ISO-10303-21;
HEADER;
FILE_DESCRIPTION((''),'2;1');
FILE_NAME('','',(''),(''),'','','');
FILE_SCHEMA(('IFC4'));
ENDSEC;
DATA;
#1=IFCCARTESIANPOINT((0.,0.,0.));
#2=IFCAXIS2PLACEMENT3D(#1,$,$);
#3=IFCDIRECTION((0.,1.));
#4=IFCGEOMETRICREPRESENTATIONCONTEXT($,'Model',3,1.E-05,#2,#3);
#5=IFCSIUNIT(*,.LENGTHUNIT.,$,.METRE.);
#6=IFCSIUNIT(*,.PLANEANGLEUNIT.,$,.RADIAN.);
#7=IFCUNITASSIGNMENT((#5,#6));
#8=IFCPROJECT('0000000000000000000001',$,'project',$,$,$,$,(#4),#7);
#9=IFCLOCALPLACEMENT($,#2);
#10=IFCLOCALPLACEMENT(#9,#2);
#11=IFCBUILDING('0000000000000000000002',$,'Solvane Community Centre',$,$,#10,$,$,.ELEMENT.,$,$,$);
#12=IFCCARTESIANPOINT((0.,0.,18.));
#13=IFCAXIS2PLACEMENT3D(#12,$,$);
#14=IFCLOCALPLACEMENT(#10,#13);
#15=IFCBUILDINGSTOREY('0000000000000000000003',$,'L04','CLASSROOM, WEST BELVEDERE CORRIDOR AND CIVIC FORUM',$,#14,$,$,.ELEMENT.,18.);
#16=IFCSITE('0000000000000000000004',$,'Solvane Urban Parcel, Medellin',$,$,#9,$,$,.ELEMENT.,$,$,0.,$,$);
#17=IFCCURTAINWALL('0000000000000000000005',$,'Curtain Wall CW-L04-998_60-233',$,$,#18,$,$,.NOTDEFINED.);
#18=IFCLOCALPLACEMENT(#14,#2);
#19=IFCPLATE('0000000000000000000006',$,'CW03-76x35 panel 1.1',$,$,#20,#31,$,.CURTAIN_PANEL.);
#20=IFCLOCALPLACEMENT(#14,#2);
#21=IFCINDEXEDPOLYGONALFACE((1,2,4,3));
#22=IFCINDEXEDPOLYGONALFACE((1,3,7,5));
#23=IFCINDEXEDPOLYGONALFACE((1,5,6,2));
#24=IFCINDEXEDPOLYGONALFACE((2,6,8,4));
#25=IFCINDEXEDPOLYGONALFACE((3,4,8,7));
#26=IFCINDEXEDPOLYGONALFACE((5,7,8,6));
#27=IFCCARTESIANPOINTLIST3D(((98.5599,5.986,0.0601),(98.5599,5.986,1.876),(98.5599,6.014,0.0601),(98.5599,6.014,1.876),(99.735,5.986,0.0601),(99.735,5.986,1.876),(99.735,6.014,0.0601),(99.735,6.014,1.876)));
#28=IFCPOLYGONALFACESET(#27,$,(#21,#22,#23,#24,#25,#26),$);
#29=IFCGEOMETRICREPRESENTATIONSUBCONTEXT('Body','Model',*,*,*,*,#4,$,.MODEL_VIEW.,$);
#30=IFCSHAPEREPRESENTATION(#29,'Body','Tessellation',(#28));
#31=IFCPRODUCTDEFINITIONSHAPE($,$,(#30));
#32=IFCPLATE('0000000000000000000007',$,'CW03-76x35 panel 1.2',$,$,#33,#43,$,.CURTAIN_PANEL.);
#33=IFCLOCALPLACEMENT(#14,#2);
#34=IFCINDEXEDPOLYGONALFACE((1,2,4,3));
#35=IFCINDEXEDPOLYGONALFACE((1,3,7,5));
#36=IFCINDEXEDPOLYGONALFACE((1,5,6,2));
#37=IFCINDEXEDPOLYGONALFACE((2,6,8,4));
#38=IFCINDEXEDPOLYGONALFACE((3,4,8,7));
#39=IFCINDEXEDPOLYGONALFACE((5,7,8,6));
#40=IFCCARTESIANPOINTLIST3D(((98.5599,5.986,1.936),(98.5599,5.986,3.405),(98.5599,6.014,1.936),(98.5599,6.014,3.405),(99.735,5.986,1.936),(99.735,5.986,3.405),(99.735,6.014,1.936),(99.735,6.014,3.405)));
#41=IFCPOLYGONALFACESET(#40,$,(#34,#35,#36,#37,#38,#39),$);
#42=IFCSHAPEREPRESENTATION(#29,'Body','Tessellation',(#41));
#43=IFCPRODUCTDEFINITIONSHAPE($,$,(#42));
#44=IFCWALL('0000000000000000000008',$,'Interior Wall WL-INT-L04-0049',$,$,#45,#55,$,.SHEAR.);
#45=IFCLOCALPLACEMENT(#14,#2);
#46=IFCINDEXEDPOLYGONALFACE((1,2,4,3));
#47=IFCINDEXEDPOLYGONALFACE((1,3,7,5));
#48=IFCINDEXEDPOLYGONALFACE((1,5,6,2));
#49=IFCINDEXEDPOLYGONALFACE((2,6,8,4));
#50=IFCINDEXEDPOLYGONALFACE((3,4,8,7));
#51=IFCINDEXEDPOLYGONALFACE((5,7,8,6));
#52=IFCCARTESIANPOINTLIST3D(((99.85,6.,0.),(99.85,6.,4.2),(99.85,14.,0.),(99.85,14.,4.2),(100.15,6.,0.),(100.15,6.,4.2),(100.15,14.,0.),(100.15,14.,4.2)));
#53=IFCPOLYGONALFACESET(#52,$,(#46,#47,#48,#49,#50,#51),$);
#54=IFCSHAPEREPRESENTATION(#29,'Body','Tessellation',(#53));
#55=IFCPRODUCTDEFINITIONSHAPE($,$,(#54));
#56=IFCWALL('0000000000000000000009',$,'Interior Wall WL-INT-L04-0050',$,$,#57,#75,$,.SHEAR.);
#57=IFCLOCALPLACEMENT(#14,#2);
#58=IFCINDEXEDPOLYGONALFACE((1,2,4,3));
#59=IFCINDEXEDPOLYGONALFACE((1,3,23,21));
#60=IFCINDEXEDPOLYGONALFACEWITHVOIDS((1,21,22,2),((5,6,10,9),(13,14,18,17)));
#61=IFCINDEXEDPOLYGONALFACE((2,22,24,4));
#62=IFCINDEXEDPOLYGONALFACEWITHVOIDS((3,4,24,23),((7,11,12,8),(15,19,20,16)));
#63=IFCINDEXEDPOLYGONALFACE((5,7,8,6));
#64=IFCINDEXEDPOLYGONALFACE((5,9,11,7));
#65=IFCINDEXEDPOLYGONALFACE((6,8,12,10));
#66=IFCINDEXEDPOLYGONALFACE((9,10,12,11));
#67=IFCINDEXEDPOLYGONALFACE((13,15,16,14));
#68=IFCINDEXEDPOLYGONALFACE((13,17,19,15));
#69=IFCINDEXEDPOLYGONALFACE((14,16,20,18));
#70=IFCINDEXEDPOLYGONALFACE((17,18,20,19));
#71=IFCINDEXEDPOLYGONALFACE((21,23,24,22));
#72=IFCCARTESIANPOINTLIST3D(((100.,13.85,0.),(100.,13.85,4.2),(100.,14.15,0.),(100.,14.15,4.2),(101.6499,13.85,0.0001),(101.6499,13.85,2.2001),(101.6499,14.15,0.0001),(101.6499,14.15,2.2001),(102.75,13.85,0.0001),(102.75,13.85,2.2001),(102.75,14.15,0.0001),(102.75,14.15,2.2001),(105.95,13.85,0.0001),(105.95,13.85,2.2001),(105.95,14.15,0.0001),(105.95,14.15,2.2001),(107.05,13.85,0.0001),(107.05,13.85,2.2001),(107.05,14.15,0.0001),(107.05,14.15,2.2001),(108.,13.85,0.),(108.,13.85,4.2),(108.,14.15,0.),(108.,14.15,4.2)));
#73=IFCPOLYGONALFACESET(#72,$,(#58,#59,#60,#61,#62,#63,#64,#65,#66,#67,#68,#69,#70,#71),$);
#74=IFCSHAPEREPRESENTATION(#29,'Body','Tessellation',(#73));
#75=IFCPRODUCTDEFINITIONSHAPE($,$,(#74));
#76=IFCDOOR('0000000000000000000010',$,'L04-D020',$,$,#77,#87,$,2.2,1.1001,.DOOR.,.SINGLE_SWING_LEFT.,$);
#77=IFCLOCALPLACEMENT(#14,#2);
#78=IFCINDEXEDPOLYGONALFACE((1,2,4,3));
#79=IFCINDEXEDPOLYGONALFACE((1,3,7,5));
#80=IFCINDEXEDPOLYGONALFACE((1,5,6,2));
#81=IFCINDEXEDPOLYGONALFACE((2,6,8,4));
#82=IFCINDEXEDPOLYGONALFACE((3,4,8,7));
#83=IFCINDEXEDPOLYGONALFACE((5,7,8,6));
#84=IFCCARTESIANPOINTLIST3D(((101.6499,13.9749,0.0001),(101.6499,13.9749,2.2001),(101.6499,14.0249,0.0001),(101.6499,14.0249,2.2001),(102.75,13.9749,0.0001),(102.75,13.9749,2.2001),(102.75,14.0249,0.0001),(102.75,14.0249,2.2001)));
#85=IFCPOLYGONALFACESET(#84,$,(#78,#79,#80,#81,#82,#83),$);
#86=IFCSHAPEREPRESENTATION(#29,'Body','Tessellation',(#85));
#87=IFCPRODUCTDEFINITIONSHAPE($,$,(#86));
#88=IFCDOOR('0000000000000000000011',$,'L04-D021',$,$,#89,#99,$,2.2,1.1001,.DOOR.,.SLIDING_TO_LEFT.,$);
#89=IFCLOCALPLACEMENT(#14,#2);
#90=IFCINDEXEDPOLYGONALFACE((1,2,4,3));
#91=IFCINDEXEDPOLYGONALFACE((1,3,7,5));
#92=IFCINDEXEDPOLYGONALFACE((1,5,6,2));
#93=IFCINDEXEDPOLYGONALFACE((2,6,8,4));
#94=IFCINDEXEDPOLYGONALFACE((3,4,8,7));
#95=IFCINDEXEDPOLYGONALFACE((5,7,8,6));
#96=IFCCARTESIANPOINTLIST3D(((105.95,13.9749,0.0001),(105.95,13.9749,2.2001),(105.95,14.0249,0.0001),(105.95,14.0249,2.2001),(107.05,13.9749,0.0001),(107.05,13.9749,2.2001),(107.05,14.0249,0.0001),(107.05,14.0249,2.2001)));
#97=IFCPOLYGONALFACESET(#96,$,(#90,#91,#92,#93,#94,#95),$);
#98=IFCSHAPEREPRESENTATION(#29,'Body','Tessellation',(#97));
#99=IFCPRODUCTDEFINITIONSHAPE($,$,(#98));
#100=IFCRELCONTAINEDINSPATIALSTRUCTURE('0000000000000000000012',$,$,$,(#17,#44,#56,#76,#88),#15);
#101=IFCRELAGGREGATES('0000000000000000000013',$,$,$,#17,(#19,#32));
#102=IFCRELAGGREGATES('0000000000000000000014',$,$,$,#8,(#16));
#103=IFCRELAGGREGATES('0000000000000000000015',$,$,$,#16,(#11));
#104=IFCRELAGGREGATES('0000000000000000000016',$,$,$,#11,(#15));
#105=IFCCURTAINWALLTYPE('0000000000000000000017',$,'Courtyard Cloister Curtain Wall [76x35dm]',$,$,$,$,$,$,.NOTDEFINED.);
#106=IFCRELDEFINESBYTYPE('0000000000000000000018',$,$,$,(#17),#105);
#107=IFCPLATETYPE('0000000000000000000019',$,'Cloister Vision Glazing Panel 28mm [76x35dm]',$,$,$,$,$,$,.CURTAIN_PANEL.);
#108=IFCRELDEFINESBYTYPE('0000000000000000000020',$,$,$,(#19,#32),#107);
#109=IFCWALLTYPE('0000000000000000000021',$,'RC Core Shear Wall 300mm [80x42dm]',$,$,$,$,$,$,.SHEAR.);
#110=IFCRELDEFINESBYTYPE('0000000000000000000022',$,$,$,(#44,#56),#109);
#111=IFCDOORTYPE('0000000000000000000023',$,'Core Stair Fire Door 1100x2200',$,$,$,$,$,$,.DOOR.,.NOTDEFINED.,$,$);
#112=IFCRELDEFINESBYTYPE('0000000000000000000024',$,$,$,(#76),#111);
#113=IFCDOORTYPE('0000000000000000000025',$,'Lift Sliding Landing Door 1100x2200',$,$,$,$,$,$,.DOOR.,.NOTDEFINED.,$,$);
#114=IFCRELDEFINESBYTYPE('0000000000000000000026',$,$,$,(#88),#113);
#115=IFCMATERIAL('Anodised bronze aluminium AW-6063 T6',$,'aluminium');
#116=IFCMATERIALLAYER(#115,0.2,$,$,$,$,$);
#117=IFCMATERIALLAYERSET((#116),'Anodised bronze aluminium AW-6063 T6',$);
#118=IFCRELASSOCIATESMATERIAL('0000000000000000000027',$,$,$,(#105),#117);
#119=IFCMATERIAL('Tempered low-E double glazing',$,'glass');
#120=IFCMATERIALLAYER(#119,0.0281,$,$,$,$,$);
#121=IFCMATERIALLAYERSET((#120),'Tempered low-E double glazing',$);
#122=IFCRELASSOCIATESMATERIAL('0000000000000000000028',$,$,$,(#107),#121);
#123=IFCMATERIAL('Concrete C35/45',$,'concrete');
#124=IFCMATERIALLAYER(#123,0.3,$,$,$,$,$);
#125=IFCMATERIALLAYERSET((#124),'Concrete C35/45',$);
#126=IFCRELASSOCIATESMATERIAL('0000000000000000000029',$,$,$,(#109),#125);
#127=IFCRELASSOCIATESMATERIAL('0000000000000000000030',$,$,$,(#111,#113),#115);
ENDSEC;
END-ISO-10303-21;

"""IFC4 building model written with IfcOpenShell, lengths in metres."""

from ifc_helpers import new_model, si_unit, direction, frame, frame_2d, origin, origin_2d, place, context, subcontext, project, spatial, rectangle, extrude, material, layer, layer_set, type_object, element, fill, aggregate, save


model = new_model("IFC4")

# Units and contexts
model_context = context("Model", 3, precision=1e-05, world=origin(), true_north=direction((0.0, 1.0)))
body_context = subcontext(model_context, "Body", "Model", "MODEL_VIEW")
ifc_project = project(units=[si_unit("LENGTHUNIT", "METRE"), si_unit("PLANEANGLEUNIT", "RADIAN")], contexts=[model_context])

# Site, building, storey
site_placement = place(None, origin())
site = spatial("IfcSite", under=ifc_project, at=site_placement, Name="Solvane Urban Parcel, Medellin", CompositionType="ELEMENT", RefElevation=0.0)
building_placement = place(site_placement, origin())
building = spatial("IfcBuilding", under=site, at=building_placement, Name="Solvane Community Centre", CompositionType="ELEMENT")
storey_placement = place(building_placement, frame((0.0, 0.0, 18.0)))
storey = spatial("IfcBuildingStorey", under=building, at=storey_placement, Name="L04", Description="CLASSROOM, WEST BELVEDERE CORRIDOR AND CIVIC FORUM", CompositionType="ELEMENT", Elevation=18.0)

# Curtain wall
ifc_material_1 = material(Name="Anodised bronze aluminium AW-6063 T6", Category="aluminium")
ifc_layer_1 = layer(ifc_material_1, 0.2)
ifc_layer_set_1 = layer_set([ifc_layer_1], Name="Anodised bronze aluminium AW-6063 T6")
curtain_wall_type = type_object("IfcCurtainWallType", Name="Courtyard Cloister Curtain Wall [76x35dm]", PredefinedType="NOTDEFINED", material=ifc_layer_set_1)
curtain_wall_placement = place(storey_placement, origin())
curtain_wall = element("IfcCurtainWall", 1, at=curtain_wall_placement, inside=storey, type_object=curtain_wall_type, Name="Curtain Wall CW-L04-998_60-233", PredefinedType="NOTDEFINED")

# Plates
ifc_material_2 = material(Name="Tempered low-E double glazing", Category="glass")
ifc_layer_2 = layer(ifc_material_2, 0.0281)
ifc_layer_set_2 = layer_set([ifc_layer_2], Name="Tempered low-E double glazing")
plate_type = type_object("IfcPlateType", Name="Cloister Vision Glazing Panel 28mm [76x35dm]", PredefinedType="CURTAIN_PANEL", material=ifc_layer_set_2)
plate_1_placement = place(storey_placement, frame((99.1475, 6.0, 0.0601), z_axis=(0.0, 0.0, 1.0), x_axis=(-1.0, 0.0, 0.0)))
plate_1 = element("IfcPlate", 2, at=plate_1_placement, type_object=plate_type, Name="CW03-76x35 panel 1.1", PredefinedType="CURTAIN_PANEL", context=body_context, shape_type="SweptSolid", body=[
    extrude(rectangle(XDim=1.175, YDim=0.0281, at=origin_2d()), origin(), (0.0, 0.0, 1.0), 1.8159),
])
plate_2_placement = place(storey_placement, frame((99.1475, 6.0, 1.936), z_axis=(0.0, 0.0, 1.0), x_axis=(-1.0, 0.0, 0.0)))
plate_2 = element("IfcPlate", 3, at=plate_2_placement, type_object=plate_type, Name="CW03-76x35 panel 1.2", PredefinedType="CURTAIN_PANEL", context=body_context, shape_type="SweptSolid", body=[
    extrude(rectangle(XDim=1.175, YDim=0.0281, at=origin_2d()), origin(), (0.0, 0.0, 1.0), 1.469),
])
aggregate(curtain_wall, [plate_1, plate_2])

# Wall
ifc_material_3 = material(Name="Concrete C35/45", Category="concrete")
ifc_layer_3 = layer(ifc_material_3, 0.3)
ifc_layer_set_3 = layer_set([ifc_layer_3], Name="Concrete C35/45")
wall_type = type_object("IfcWallType", Name="RC Core Shear Wall 300mm [80x42dm]", PredefinedType="SHEAR", material=ifc_layer_set_3)
wall_1_placement = place(storey_placement, frame((100.0, 6.0, 0.0), z_axis=(0.0, 0.0, 1.0), x_axis=(0.0, 1.0, 0.0)))
element("IfcWall", 4, at=wall_1_placement, inside=storey, type_object=wall_type, Name="Interior Wall WL-INT-L04-0049", PredefinedType="SHEAR", context=body_context, shape_type="SweptSolid", body=[
    extrude(rectangle(XDim=8.0, YDim=0.3, at=frame_2d((4.0, 0.0))), origin(), (0.0, 0.0, 1.0), 4.2),
])

# Wall, openings, doors
wall_2_placement = place(storey_placement, frame((100.0, 14.0, 0.0), z_axis=(0.0, 0.0, 1.0), x_axis=(1.0, 0.0, 0.0)))
wall_2 = element("IfcWall", 5, at=wall_2_placement, inside=storey, type_object=wall_type, Name="Interior Wall WL-INT-L04-0050", PredefinedType="SHEAR", context=body_context, shape_type="SweptSolid", body=[
    extrude(rectangle(XDim=8.0, YDim=0.3, at=frame_2d((4.0, 0.0))), origin(), (0.0, 0.0, 1.0), 4.2),
])
opening_1_placement = place(wall_2_placement, frame((1.6499, 0.0, 0.0)))
opening_1 = element("IfcOpeningElement", 6, at=opening_1_placement, cuts=wall_2, PredefinedType="OPENING", context=body_context, shape_type="SweptSolid", body=[
    extrude(rectangle(XDim=1.1001, YDim=2.2, at=frame_2d((0.55, 1.1001))), frame((0.0, 0.1599, 0.0), z_axis=(0.0, -1.0, 0.0), x_axis=(1.0, 0.0, 0.0)), (0.0, 0.0, 1.0), 0.3201),
])
opening_2_placement = place(wall_2_placement, frame((5.95, 0.0, 0.0)))
opening_2 = element("IfcOpeningElement", 7, at=opening_2_placement, cuts=wall_2, PredefinedType="OPENING", context=body_context, shape_type="SweptSolid", body=[
    extrude(rectangle(XDim=1.1001, YDim=2.2, at=frame_2d((0.55, 1.1001))), frame((0.0, 0.1599, 0.0), z_axis=(0.0, -1.0, 0.0), x_axis=(1.0, 0.0, 0.0)), (0.0, 0.0, 1.0), 0.3201),
])
door_type_1 = type_object("IfcDoorType", Name="Core Stair Fire Door 1100x2200", OperationType="NOTDEFINED", PredefinedType="DOOR", material=ifc_material_1)
door_1_placement = place(opening_1_placement, origin())
door_1 = element("IfcDoor", 8, at=door_1_placement, inside=storey, type_object=door_type_1, Name="L04-D020", OperationType="SINGLE_SWING_LEFT", OverallHeight=2.2, OverallWidth=1.1001, PredefinedType="DOOR", context=body_context, shape_type="SweptSolid", body=[
    extrude(rectangle(XDim=1.1001, YDim=2.2, at=frame_2d((0.55, 1.1001))), frame((0.0, 0.0249, 0.0), z_axis=(0.0, -1.0, 0.0), x_axis=(1.0, 0.0, 0.0)), (0.0, 0.0, 1.0), 0.05),
])
fill(opening_1, door_1)
door_type_2 = type_object("IfcDoorType", Name="Lift Sliding Landing Door 1100x2200", OperationType="NOTDEFINED", PredefinedType="DOOR", material=ifc_material_1)
door_2_placement = place(opening_2_placement, origin())
door_2 = element("IfcDoor", 9, at=door_2_placement, inside=storey, type_object=door_type_2, Name="L04-D021", OperationType="SLIDING_TO_LEFT", OverallHeight=2.2, OverallWidth=1.1001, PredefinedType="DOOR", context=body_context, shape_type="SweptSolid", body=[
    extrude(rectangle(XDim=1.1001, YDim=2.2, at=frame_2d((0.55, 1.1001))), frame((0.0, 0.0249, 0.0), z_axis=(0.0, -1.0, 0.0), x_axis=(1.0, 0.0, 0.0)), (0.0, 0.0, 1.0), 0.05),
])
fill(opening_2, door_2)

save(model, "model.ifc")
